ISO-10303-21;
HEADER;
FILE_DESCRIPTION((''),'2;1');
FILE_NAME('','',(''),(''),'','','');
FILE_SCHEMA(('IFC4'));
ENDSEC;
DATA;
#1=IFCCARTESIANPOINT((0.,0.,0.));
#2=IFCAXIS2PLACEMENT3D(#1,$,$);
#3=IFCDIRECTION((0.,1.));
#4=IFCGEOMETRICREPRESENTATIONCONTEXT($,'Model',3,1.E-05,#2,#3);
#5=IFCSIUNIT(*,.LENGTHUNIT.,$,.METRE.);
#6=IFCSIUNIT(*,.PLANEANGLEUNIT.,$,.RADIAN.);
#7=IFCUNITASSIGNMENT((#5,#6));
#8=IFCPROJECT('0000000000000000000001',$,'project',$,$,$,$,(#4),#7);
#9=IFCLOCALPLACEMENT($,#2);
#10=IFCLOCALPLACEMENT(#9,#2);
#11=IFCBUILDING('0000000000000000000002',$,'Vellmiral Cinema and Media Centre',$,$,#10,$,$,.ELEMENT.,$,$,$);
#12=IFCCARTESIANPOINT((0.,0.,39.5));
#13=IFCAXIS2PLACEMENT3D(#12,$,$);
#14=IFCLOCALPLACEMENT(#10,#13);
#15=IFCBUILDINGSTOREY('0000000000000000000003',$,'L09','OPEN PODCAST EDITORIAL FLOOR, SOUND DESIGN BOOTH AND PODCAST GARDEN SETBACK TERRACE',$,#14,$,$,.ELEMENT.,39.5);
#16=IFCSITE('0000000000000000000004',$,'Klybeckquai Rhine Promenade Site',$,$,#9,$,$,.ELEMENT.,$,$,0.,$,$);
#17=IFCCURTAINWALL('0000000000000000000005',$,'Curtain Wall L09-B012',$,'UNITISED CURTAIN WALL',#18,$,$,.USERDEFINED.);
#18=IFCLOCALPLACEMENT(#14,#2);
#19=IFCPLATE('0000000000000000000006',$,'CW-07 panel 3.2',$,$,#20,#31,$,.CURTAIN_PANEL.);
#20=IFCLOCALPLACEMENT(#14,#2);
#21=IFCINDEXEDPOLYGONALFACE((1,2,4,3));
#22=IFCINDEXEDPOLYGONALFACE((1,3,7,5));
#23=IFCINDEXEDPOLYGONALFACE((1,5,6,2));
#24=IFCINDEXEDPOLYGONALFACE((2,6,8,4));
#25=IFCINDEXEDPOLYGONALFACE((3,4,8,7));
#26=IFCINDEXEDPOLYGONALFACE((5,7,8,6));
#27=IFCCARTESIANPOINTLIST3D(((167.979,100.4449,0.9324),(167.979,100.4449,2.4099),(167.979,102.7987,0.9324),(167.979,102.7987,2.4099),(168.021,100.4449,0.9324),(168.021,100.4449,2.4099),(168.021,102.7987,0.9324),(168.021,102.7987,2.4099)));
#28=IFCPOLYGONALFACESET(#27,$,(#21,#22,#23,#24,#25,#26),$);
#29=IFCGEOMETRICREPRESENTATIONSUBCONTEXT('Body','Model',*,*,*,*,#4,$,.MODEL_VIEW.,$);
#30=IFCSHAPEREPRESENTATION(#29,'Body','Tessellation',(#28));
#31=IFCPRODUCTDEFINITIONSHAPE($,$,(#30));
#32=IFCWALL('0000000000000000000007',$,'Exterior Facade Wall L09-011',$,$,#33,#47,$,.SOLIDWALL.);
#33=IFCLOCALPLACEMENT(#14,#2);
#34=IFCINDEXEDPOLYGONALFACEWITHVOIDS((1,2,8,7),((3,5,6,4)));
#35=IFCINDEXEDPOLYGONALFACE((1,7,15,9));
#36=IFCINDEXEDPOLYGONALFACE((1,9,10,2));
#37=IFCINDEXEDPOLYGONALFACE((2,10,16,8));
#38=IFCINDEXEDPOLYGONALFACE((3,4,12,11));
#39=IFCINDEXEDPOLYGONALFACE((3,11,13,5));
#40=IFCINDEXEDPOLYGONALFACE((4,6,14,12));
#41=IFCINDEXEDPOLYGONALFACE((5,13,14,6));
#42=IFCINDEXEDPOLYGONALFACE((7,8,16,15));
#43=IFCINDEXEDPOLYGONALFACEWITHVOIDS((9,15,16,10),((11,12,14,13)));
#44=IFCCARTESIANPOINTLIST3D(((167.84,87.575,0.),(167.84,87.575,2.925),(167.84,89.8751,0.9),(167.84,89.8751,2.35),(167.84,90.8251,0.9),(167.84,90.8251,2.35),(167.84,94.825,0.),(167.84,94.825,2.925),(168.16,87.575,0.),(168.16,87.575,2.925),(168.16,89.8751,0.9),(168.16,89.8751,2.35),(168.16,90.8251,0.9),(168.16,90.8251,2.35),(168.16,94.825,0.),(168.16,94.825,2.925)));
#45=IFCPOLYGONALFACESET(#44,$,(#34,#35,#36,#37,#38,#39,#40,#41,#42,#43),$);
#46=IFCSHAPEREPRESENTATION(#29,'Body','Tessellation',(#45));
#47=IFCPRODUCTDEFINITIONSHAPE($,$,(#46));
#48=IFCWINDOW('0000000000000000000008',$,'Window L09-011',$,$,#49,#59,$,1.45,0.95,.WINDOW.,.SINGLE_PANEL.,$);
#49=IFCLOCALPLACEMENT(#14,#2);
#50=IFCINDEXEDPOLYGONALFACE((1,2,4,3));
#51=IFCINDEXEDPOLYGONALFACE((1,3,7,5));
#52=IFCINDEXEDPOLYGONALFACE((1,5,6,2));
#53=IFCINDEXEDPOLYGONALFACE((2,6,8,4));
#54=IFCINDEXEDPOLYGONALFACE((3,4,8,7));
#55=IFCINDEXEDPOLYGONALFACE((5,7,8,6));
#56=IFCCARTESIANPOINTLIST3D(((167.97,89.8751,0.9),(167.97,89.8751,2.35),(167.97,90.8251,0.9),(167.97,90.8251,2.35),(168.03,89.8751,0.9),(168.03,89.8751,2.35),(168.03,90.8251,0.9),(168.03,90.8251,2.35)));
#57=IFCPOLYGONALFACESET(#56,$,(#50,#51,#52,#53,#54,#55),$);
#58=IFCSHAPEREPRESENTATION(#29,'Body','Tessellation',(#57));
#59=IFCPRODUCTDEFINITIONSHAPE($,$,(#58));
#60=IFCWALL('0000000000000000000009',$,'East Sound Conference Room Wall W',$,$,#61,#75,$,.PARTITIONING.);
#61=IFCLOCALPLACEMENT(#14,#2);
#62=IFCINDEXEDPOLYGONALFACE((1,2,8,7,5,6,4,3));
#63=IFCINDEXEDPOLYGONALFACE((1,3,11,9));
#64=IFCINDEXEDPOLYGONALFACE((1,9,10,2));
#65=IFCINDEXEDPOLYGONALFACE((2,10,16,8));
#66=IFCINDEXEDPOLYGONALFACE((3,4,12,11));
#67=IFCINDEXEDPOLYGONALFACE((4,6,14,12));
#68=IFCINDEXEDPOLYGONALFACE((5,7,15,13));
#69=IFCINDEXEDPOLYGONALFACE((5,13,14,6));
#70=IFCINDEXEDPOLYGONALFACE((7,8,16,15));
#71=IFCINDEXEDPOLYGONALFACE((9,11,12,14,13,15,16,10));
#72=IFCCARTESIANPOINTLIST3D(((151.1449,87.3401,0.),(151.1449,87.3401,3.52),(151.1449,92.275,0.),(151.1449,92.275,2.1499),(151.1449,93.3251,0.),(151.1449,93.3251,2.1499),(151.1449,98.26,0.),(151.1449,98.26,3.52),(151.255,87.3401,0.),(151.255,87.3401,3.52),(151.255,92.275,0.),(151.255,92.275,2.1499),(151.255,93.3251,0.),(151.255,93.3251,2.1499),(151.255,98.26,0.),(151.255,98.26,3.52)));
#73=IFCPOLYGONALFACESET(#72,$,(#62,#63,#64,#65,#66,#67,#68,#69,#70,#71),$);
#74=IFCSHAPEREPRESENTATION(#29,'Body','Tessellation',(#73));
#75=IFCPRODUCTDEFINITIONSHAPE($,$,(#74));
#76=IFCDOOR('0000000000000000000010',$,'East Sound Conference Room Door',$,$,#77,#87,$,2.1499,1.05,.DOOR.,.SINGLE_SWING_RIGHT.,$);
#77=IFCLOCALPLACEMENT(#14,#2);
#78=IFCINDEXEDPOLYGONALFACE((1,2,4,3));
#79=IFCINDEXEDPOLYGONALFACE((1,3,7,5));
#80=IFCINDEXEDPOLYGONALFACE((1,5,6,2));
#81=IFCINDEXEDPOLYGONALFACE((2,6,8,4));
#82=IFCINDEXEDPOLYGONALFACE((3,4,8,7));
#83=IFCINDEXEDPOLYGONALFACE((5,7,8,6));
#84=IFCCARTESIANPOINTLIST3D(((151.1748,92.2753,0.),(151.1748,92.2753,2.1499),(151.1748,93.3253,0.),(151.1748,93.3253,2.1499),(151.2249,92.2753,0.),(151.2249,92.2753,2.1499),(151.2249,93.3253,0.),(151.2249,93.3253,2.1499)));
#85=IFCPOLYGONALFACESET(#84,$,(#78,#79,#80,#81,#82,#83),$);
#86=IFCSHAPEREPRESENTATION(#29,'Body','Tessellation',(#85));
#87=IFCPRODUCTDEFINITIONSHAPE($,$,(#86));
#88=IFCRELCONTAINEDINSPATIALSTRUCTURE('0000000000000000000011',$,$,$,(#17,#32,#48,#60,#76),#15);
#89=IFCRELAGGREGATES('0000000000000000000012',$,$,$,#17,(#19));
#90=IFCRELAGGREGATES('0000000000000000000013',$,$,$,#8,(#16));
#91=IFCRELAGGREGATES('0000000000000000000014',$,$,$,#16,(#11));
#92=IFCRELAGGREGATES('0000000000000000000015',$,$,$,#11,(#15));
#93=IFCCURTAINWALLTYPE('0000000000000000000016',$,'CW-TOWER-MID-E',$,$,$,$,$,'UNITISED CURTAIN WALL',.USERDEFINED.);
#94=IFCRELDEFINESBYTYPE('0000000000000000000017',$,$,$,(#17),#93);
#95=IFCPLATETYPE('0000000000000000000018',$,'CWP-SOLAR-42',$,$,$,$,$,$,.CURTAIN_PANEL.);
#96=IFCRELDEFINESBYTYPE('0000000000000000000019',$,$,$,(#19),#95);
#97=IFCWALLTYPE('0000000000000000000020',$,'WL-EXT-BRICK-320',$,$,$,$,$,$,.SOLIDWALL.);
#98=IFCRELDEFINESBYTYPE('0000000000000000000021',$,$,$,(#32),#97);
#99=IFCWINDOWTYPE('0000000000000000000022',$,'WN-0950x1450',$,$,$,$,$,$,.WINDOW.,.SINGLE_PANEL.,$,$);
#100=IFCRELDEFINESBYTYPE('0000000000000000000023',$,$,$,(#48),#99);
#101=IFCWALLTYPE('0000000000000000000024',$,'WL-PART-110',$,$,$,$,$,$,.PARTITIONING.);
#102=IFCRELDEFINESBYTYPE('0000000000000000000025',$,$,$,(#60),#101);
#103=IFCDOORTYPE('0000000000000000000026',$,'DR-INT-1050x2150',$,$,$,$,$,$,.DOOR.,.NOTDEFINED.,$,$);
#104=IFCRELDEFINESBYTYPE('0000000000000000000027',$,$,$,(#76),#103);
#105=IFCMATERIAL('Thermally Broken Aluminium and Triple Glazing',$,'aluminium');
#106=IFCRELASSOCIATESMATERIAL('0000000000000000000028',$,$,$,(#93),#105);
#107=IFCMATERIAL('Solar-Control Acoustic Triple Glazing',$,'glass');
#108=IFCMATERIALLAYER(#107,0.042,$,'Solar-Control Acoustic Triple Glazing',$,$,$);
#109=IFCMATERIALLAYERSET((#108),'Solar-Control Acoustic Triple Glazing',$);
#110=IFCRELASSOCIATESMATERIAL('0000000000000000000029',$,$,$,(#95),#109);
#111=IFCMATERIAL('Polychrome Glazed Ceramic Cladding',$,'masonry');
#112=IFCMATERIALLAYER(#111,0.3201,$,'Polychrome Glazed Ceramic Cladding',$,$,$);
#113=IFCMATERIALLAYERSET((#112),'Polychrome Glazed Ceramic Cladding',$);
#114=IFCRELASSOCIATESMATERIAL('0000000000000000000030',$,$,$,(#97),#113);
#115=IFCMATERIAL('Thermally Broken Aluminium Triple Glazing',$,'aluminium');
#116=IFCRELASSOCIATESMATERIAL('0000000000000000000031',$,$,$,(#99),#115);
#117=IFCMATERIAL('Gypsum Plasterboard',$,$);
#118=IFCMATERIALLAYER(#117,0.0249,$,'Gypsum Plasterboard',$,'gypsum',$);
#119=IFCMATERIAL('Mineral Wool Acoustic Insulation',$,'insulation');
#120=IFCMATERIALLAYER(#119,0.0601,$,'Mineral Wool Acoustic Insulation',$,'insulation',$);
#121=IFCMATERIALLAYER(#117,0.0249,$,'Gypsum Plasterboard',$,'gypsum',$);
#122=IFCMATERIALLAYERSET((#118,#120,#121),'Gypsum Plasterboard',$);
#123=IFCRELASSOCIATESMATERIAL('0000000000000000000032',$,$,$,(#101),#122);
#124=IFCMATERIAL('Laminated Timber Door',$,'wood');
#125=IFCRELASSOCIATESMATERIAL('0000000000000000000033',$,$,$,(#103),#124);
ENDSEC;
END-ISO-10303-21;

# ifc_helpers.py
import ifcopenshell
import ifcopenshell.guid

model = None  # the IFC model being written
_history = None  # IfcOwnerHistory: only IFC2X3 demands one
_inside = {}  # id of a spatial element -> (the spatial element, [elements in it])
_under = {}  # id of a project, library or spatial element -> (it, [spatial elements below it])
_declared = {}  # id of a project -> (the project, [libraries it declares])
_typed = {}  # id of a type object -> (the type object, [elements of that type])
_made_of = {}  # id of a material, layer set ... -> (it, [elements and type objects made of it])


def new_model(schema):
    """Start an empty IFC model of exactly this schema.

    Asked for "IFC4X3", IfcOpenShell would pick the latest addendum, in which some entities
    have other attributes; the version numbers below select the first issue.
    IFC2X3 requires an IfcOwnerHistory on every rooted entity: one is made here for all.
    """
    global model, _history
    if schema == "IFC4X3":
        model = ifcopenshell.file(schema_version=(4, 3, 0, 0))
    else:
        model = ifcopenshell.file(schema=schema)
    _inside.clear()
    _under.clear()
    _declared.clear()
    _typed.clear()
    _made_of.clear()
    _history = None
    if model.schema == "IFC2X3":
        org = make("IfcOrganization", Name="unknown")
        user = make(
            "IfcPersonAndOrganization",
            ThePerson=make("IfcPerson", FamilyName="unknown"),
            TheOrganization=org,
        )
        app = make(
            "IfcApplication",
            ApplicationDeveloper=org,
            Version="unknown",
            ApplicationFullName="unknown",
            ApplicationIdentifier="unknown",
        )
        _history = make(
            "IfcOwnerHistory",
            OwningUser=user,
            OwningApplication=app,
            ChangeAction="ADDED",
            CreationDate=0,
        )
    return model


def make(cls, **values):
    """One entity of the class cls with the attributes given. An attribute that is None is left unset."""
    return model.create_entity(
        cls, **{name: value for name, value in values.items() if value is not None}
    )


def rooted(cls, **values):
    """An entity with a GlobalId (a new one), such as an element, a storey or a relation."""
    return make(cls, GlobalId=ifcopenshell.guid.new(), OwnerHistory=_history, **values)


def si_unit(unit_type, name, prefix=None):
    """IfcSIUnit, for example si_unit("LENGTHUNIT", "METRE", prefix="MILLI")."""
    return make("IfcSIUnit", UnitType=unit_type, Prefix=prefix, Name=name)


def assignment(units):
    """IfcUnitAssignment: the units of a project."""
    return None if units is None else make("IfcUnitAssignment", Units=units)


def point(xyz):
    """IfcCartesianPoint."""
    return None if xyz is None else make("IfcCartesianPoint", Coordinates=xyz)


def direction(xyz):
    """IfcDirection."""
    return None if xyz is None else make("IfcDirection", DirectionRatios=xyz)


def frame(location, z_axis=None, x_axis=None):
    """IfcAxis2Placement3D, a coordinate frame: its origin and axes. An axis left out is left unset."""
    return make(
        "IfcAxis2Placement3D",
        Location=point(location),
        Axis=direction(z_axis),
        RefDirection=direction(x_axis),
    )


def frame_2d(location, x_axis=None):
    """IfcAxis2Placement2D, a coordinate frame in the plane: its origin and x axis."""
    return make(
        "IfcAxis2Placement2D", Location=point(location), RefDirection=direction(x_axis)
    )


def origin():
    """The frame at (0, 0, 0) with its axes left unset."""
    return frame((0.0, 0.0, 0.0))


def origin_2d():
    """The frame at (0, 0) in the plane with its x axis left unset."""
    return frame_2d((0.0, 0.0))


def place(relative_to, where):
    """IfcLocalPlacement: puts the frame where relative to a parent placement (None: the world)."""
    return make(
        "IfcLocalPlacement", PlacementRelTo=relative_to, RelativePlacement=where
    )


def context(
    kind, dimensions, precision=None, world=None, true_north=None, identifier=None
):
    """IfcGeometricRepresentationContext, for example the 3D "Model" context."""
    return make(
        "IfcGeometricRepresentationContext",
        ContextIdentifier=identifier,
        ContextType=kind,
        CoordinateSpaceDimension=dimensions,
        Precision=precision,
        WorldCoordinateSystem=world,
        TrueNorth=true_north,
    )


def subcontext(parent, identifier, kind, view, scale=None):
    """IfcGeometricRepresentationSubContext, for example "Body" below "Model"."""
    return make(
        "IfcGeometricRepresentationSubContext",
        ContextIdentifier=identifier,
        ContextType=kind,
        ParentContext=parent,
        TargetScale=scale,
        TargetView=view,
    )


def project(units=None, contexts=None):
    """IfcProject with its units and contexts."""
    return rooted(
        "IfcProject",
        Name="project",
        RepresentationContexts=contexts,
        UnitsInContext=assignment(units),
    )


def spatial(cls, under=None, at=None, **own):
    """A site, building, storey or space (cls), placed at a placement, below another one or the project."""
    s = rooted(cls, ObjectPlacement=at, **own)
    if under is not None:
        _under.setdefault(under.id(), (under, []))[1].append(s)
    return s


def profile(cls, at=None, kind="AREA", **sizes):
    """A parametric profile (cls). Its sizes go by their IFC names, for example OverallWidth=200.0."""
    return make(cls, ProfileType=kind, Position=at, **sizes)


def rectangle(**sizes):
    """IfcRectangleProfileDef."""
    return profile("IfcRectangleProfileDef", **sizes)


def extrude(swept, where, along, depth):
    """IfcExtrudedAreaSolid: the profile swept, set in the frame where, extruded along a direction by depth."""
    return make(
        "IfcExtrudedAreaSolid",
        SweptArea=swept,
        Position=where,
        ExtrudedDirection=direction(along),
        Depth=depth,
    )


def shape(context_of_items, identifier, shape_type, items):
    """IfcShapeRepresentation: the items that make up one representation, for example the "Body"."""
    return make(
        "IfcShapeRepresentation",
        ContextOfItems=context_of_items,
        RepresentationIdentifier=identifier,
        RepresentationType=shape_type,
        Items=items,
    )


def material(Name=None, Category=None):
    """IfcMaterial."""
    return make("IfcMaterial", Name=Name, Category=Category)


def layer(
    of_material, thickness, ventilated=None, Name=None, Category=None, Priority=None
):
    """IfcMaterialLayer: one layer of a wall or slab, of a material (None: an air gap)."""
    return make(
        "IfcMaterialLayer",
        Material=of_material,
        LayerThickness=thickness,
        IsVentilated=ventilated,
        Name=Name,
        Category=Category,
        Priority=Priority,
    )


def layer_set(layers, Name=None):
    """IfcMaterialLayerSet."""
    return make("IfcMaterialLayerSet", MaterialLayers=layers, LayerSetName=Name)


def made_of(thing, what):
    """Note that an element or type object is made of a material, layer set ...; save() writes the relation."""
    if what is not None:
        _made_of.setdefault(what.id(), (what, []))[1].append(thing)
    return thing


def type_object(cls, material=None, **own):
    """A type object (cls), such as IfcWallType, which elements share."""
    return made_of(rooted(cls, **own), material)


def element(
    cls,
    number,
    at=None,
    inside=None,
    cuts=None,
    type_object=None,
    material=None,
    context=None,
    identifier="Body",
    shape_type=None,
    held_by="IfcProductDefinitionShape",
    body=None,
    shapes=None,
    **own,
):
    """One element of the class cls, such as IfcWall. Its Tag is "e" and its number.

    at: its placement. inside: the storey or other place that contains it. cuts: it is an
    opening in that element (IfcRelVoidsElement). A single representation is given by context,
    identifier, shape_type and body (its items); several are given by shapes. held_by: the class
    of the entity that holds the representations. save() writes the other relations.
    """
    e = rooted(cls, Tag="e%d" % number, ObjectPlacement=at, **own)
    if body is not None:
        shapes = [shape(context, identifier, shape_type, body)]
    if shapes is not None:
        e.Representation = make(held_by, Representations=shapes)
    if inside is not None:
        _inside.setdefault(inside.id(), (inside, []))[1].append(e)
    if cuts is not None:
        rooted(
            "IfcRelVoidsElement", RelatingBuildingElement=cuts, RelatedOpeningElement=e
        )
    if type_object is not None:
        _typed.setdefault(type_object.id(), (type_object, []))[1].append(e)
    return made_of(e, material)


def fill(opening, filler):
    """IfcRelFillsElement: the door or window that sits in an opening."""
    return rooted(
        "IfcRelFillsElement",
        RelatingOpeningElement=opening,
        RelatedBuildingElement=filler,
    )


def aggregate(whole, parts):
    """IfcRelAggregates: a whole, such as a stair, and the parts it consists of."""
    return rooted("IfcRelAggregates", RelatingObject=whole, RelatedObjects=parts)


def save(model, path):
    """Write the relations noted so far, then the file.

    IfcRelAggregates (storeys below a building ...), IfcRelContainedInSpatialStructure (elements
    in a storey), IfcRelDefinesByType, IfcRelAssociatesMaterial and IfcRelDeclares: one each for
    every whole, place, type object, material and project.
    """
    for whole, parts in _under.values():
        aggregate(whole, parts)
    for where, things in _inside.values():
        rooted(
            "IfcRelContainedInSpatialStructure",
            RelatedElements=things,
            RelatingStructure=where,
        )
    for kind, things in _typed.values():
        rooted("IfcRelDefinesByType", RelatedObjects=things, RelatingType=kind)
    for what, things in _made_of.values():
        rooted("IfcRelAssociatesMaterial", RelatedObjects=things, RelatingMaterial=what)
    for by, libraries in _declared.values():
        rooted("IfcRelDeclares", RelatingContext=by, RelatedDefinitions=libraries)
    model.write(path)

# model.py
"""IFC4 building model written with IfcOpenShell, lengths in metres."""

from ifc_helpers import new_model, si_unit, direction, frame, frame_2d, origin, origin_2d, place, context, subcontext, project, spatial, rectangle, extrude, material, layer, layer_set, type_object, element, fill, aggregate, save


model = new_model("IFC4")

# Units and contexts
model_context = context("Model", 3, precision=1e-05, world=origin(), true_north=direction((0.0, 1.0)))
body_context = subcontext(model_context, "Body", "Model", "MODEL_VIEW")
ifc_project = project(units=[si_unit("LENGTHUNIT", "METRE"), si_unit("PLANEANGLEUNIT", "RADIAN")], contexts=[model_context])

# Site, building, storey
site_placement = place(None, origin())
site = spatial("IfcSite", under=ifc_project, at=site_placement, Name="Klybeckquai Rhine Promenade Site", CompositionType="ELEMENT", RefElevation=0.0)
building_placement = place(site_placement, origin())
building = spatial("IfcBuilding", under=site, at=building_placement, Name="Vellmiral Cinema and Media Centre", CompositionType="ELEMENT")
storey_placement = place(building_placement, frame((0.0, 0.0, 39.5)))
storey = spatial("IfcBuildingStorey", under=building, at=storey_placement, Name="L09", Description="OPEN PODCAST EDITORIAL FLOOR, SOUND DESIGN BOOTH AND PODCAST GARDEN SETBACK TERRACE", CompositionType="ELEMENT", Elevation=39.5)

# Curtain wall
ifc_material_1 = material(Name="Thermally Broken Aluminium and Triple Glazing", Category="aluminium")
curtain_wall_type = type_object("IfcCurtainWallType", Name="CW-TOWER-MID-E", ElementType="UNITISED CURTAIN WALL", PredefinedType="USERDEFINED", material=ifc_material_1)
curtain_wall_placement = place(storey_placement, origin())
curtain_wall = element("IfcCurtainWall", 1, at=curtain_wall_placement, inside=storey, type_object=curtain_wall_type, Name="Curtain Wall L09-B012", ObjectType="UNITISED CURTAIN WALL", PredefinedType="USERDEFINED")

# Plate
ifc_material_2 = material(Name="Solar-Control Acoustic Triple Glazing", Category="glass")
ifc_layer_1 = layer(ifc_material_2, 0.042, Name="Solar-Control Acoustic Triple Glazing")
ifc_layer_set_1 = layer_set([ifc_layer_1], Name="Solar-Control Acoustic Triple Glazing")
plate_type_1 = type_object("IfcPlateType", Name="CWP-SOLAR-42", PredefinedType="CURTAIN_PANEL", material=ifc_layer_set_1)
plate_1_placement = place(storey_placement, frame((168.0, 101.6218, 0.9324), z_axis=(0.0, 0.0, 1.0), x_axis=(0.0, 1.0, 0.0)))
plate_1 = element("IfcPlate", 2, at=plate_1_placement, type_object=plate_type_1, Name="CW-07 panel 3.2", PredefinedType="CURTAIN_PANEL", context=body_context, shape_type="SweptSolid", body=[
    extrude(rectangle(XDim=2.3538, YDim=0.042, at=origin_2d()), origin(), (0.0, 0.0, 1.0), 1.4775),
])
aggregate(curtain_wall, [plate_1])

# Wall, opening, window
ifc_material_3 = material(Name="Polychrome Glazed Ceramic Cladding", Category="masonry")
ifc_layer_2 = layer(ifc_material_3, 0.3201, Name="Polychrome Glazed Ceramic Cladding")
ifc_layer_set_2 = layer_set([ifc_layer_2], Name="Polychrome Glazed Ceramic Cladding")
wall_type_1 = type_object("IfcWallType", Name="WL-EXT-BRICK-320", PredefinedType="SOLIDWALL", material=ifc_layer_set_2)
wall_1_placement = place(storey_placement, frame((168.0, 87.575, 0.0), z_axis=(0.0, 0.0, 1.0), x_axis=(0.0, 1.0, 0.0)))
wall_1 = element("IfcWall", 3, at=wall_1_placement, inside=storey, type_object=wall_type_1, Name="Exterior Facade Wall L09-011", PredefinedType="SOLIDWALL", context=body_context, shape_type="SweptSolid", body=[
    extrude(rectangle(XDim=7.25, YDim=0.3201, at=frame_2d((3.625, 0.0))), origin(), (0.0, 0.0, 1.0), 2.925),
])
opening_1_placement = place(wall_1_placement, frame((2.3, 0.0, 0.8999)))
opening_1 = element("IfcOpeningElement", 4, at=opening_1_placement, cuts=wall_1, PredefinedType="OPENING", context=body_context, shape_type="SweptSolid", body=[
    extrude(rectangle(XDim=0.95, YDim=1.45, at=frame_2d((0.4751, 0.7251))), frame((0.0, 0.1719, 0.0), z_axis=(0.0, -1.0, 0.0), x_axis=(1.0, 0.0, 0.0)), (0.0, 0.0, 1.0), 0.344),
])
ifc_material_4 = material(Name="Thermally Broken Aluminium Triple Glazing", Category="aluminium")
window_type = type_object("IfcWindowType", Name="WN-0950x1450", PartitioningType="SINGLE_PANEL", PredefinedType="WINDOW", material=ifc_material_4)
window_placement = place(opening_1_placement, origin())
window = element("IfcWindow", 5, at=window_placement, inside=storey, type_object=window_type, Name="Window L09-011", OverallHeight=1.45, OverallWidth=0.95, PartitioningType="SINGLE_PANEL", PredefinedType="WINDOW", context=body_context, shape_type="SweptSolid", body=[
    extrude(rectangle(XDim=0.95, YDim=1.45, at=frame_2d((0.4751, 0.7251))), frame((0.0, 0.03, 0.0), z_axis=(0.0, -1.0, 0.0), x_axis=(1.0, 0.0, 0.0)), (0.0, 0.0, 1.0), 0.0601),
])
fill(opening_1, window)

# Wall, opening, door
ifc_material_5 = material(Name="Gypsum Plasterboard")
ifc_layer_3 = layer(ifc_material_5, 0.0249, Name="Gypsum Plasterboard", Category="gypsum")
ifc_material_6 = material(Name="Mineral Wool Acoustic Insulation", Category="insulation")
ifc_layer_4 = layer(ifc_material_6, 0.0601, Name="Mineral Wool Acoustic Insulation", Category="insulation")
ifc_layer_5 = layer(ifc_material_5, 0.0249, Name="Gypsum Plasterboard", Category="gypsum")
ifc_layer_set_3 = layer_set([ifc_layer_3, ifc_layer_4, ifc_layer_5], Name="Gypsum Plasterboard")
wall_type_2 = type_object("IfcWallType", Name="WL-PART-110", PredefinedType="PARTITIONING", material=ifc_layer_set_3)
wall_2_placement = place(storey_placement, frame((151.2, 87.3401, 0.0), z_axis=(0.0, 0.0, 1.0), x_axis=(0.0, 1.0, 0.0)))
wall_2 = element("IfcWall", 6, at=wall_2_placement, inside=storey, type_object=wall_type_2, Name="East Sound Conference Room Wall W", PredefinedType="PARTITIONING", context=body_context, shape_type="SweptSolid", body=[
    extrude(rectangle(XDim=10.9199, YDim=0.1101, at=frame_2d((5.46, 0.0))), origin(), (0.0, 0.0, 1.0), 3.52),
])
opening_2_placement = place(wall_2_placement, frame((4.9351, 0.0, 0.0)))
opening_2 = element("IfcOpeningElement", 7, at=opening_2_placement, cuts=wall_2, PredefinedType="OPENING", context=body_context, shape_type="SweptSolid", body=[
    extrude(rectangle(XDim=1.05, YDim=2.1499, at=frame_2d((0.5249, 1.075))), frame((0.0, 0.0669, 0.0), z_axis=(0.0, -1.0, 0.0), x_axis=(1.0, 0.0, 0.0)), (0.0, 0.0, 1.0), 0.134),
])
ifc_material_7 = material(Name="Laminated Timber Door", Category="wood")
door_type = type_object("IfcDoorType", Name="DR-INT-1050x2150", OperationType="NOTDEFINED", PredefinedType="DOOR", material=ifc_material_7)
door_placement = place(opening_2_placement, frame((1.05, 0.0, 0.0), z_axis=(0.0, 0.0, 1.0), x_axis=(-1.0, 0.0, 0.0)))
door = element("IfcDoor", 8, at=door_placement, inside=storey, type_object=door_type, Name="East Sound Conference Room Door", OperationType="SINGLE_SWING_RIGHT", OverallHeight=2.1499, OverallWidth=1.05, PredefinedType="DOOR", context=body_context, shape_type="SweptSolid", body=[
    extrude(rectangle(XDim=1.05, YDim=2.1499, at=frame_2d((0.5249, 1.075))), frame((0.0, 0.0249, 0.0), z_axis=(0.0, -1.0, 0.0), x_axis=(1.0, 0.0, 0.0)), (0.0, 0.0, 1.0), 0.05),
])
fill(opening_2, door)

save(model, "model.ifc")
